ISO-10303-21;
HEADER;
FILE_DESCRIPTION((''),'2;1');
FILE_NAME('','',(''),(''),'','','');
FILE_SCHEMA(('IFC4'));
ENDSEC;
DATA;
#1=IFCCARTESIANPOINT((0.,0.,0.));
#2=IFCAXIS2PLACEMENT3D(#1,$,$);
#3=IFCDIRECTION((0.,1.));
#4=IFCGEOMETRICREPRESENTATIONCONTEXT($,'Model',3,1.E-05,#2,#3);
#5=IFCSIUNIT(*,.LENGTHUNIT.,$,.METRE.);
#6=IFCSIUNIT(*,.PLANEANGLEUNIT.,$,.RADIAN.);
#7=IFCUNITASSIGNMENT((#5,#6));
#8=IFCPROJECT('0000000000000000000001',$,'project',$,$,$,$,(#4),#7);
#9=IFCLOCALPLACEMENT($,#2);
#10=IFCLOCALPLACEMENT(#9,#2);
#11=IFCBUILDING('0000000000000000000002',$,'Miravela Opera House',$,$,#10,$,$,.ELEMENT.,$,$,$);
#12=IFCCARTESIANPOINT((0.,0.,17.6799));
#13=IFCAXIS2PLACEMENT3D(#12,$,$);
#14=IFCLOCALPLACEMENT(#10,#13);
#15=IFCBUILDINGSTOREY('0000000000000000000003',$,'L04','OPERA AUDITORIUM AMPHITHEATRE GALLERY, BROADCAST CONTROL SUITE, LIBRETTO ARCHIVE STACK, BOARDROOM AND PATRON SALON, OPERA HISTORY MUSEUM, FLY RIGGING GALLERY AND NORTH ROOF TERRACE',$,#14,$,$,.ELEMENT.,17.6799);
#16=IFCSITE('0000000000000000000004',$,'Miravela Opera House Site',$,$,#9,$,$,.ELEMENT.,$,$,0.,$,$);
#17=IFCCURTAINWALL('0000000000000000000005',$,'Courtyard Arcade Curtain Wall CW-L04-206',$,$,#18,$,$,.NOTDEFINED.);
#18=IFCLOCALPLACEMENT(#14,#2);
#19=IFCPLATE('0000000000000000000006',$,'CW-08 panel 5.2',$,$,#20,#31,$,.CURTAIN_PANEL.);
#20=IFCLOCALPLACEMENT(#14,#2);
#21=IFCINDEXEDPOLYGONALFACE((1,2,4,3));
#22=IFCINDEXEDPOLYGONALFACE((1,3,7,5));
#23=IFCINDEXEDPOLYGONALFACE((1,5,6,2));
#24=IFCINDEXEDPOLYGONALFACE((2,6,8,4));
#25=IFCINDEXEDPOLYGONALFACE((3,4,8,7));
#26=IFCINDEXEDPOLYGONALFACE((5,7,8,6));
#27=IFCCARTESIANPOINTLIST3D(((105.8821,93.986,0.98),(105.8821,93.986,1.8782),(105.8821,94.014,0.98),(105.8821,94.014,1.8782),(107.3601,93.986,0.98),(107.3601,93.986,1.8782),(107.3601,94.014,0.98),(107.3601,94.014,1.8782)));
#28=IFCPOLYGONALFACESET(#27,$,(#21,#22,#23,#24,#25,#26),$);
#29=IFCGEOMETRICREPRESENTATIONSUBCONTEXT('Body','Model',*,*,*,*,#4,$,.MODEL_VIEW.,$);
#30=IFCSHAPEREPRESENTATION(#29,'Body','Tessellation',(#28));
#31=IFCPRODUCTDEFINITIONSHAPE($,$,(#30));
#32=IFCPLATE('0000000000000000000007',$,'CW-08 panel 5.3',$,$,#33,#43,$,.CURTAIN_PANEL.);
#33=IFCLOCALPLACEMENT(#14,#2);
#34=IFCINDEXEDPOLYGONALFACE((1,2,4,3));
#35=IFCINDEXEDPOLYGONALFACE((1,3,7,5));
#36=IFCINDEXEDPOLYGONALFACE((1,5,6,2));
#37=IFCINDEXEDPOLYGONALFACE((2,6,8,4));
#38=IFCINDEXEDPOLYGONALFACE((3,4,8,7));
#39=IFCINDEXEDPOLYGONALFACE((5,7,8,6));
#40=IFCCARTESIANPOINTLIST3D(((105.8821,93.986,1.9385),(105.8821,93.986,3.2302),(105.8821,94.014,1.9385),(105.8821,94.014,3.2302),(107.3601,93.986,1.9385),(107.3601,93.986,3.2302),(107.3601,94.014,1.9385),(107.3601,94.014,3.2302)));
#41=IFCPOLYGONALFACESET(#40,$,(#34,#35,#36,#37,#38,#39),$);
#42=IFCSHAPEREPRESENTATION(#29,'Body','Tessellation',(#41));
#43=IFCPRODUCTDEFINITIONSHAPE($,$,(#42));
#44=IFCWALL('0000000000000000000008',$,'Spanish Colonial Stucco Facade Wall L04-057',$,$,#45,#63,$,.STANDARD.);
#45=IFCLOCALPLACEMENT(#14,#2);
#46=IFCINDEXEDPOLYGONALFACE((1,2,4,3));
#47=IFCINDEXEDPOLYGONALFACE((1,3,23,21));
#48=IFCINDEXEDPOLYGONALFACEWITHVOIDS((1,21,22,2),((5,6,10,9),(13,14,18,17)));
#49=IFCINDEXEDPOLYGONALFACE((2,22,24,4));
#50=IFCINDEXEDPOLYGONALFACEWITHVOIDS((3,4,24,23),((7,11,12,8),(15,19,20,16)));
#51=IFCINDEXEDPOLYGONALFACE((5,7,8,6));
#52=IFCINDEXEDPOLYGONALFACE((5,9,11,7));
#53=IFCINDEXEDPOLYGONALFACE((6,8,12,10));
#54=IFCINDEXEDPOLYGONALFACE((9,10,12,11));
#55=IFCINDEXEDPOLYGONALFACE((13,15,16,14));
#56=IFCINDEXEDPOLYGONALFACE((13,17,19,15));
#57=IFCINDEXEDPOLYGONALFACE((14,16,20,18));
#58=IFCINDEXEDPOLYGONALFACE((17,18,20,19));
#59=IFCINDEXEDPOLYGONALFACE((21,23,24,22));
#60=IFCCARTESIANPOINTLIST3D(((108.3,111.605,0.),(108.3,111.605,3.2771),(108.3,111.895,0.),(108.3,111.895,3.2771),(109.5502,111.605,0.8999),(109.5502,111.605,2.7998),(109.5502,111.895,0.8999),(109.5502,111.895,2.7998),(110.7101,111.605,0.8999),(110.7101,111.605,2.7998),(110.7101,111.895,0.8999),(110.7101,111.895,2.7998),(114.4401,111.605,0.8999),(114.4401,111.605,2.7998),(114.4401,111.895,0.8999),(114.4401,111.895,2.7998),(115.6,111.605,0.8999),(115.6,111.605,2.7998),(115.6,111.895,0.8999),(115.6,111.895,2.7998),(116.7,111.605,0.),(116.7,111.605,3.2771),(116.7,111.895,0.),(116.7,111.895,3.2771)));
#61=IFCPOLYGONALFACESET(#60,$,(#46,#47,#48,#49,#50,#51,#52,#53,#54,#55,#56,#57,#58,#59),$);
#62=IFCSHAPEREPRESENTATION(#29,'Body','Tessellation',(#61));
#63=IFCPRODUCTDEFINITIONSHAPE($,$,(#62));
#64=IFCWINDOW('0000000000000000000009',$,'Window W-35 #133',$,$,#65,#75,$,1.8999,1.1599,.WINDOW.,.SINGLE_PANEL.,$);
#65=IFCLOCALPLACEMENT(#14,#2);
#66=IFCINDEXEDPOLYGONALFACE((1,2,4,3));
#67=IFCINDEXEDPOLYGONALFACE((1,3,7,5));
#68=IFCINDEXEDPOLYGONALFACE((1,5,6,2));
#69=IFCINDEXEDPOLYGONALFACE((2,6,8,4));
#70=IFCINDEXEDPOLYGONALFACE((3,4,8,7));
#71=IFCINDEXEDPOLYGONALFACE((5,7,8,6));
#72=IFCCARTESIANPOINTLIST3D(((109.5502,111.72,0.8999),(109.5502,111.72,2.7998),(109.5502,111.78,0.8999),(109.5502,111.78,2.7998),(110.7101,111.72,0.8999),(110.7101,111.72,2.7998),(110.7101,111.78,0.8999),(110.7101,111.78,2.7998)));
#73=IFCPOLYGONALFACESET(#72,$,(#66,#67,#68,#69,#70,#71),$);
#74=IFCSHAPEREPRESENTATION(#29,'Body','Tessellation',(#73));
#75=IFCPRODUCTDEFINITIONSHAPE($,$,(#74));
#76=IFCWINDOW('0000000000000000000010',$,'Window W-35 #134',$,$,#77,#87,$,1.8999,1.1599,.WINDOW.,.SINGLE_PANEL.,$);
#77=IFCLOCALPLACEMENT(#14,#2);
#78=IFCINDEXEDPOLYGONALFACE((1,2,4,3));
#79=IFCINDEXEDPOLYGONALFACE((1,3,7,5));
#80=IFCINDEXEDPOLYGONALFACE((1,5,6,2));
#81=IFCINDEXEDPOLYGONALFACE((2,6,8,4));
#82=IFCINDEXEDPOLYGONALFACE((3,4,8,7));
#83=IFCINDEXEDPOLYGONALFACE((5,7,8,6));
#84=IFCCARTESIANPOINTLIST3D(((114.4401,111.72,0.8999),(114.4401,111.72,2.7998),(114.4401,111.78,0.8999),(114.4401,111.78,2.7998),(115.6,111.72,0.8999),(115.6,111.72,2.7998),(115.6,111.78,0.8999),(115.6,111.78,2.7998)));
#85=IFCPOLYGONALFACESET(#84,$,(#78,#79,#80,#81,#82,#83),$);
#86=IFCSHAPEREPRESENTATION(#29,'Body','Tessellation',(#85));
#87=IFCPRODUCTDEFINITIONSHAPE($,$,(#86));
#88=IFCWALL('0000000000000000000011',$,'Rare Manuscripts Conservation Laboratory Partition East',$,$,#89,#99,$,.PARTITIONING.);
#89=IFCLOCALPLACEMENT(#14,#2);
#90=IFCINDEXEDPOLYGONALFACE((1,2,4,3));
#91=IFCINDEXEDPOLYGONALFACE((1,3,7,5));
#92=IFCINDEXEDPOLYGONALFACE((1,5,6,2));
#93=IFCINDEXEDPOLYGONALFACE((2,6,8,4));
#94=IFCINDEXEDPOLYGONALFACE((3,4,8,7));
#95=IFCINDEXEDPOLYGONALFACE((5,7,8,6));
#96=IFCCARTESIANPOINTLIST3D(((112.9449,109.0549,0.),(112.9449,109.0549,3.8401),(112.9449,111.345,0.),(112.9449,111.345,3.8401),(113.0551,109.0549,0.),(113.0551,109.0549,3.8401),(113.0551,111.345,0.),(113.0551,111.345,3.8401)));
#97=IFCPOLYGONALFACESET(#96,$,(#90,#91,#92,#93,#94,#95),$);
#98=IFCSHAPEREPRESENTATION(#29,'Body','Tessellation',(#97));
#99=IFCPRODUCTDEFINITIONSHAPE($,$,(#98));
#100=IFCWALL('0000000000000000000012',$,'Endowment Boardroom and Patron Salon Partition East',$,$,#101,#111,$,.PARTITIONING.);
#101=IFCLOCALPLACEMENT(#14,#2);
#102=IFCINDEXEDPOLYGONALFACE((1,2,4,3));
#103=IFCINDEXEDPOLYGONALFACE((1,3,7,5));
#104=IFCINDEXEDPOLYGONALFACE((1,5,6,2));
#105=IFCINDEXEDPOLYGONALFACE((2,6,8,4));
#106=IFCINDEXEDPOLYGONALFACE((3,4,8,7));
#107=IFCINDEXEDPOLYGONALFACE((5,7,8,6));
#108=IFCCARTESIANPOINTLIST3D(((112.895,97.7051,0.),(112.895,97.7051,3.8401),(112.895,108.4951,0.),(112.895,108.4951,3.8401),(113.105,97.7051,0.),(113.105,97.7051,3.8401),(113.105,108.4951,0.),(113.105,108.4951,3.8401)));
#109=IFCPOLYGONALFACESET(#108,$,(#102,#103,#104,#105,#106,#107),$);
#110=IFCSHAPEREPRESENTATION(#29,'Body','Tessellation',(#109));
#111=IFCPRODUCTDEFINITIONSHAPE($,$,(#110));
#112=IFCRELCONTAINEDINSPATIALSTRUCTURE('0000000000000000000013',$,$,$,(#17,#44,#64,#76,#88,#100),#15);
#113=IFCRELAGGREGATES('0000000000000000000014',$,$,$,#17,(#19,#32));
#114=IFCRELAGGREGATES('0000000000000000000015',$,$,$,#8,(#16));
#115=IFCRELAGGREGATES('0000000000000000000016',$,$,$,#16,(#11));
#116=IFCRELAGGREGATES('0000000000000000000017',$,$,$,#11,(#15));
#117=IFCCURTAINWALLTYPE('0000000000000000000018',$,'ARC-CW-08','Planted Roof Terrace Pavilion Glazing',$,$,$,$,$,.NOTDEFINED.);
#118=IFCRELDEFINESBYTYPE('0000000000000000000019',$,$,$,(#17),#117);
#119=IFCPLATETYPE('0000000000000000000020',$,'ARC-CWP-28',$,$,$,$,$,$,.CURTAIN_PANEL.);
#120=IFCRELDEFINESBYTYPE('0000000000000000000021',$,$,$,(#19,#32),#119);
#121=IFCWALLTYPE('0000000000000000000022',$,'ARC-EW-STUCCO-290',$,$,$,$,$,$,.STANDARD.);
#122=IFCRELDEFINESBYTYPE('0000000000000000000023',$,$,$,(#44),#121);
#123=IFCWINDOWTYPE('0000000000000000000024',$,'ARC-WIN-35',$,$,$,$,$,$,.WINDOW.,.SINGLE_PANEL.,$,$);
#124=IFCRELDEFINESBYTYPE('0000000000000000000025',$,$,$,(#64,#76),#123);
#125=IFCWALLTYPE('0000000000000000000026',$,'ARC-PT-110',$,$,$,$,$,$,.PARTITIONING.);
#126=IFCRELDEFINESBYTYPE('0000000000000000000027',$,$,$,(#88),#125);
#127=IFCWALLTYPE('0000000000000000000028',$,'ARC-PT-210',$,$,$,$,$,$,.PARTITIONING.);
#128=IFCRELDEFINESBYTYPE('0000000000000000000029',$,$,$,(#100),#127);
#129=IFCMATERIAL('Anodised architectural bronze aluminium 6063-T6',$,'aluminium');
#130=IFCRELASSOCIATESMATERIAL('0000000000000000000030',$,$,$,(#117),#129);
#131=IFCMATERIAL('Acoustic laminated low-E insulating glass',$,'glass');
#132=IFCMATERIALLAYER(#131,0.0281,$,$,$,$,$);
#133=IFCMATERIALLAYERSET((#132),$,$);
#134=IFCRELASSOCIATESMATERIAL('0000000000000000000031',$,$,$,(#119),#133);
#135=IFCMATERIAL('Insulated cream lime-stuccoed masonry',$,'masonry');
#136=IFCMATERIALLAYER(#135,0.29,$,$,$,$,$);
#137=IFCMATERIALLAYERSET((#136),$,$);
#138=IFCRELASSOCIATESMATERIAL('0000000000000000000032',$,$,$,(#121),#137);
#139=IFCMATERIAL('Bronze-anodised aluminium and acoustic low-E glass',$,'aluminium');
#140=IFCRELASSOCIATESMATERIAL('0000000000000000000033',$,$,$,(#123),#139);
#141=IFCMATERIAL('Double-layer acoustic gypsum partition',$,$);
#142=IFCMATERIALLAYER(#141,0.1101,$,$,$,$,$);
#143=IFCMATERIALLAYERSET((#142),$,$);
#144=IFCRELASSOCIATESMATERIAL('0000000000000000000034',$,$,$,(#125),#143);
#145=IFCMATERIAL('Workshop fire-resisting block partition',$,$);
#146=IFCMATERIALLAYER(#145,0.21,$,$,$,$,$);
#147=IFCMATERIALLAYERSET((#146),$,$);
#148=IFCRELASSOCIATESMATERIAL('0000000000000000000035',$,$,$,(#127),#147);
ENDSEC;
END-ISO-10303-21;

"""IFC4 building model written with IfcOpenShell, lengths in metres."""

from ifc_helpers import new_model, si_unit, direction, frame, frame_2d, origin, origin_2d, place, context, subcontext, project, spatial, rectangle, extrude, material, layer, layer_set, type_object, element, fill, aggregate, save


model = new_model("IFC4")

# Units and contexts
model_context = context("Model", 3, precision=1e-05, world=origin(), true_north=direction((0.0, 1.0)))
body_context = subcontext(model_context, "Body", "Model", "MODEL_VIEW")
ifc_project = project(units=[si_unit("LENGTHUNIT", "METRE"), si_unit("PLANEANGLEUNIT", "RADIAN")], contexts=[model_context])

# Site, building, storey
site_placement = place(None, origin())
site = spatial("IfcSite", under=ifc_project, at=site_placement, Name="Miravela Opera House Site", CompositionType="ELEMENT", RefElevation=0.0)
building_placement = place(site_placement, origin())
building = spatial("IfcBuilding", under=site, at=building_placement, Name="Miravela Opera House", CompositionType="ELEMENT")
storey_placement = place(building_placement, frame((0.0, 0.0, 17.6799)))
storey = spatial("IfcBuildingStorey", under=building, at=storey_placement, Name="L04", Description="OPERA AUDITORIUM AMPHITHEATRE GALLERY, BROADCAST CONTROL SUITE, LIBRETTO ARCHIVE STACK, BOARDROOM AND PATRON SALON, OPERA HISTORY MUSEUM, FLY RIGGING GALLERY AND NORTH ROOF TERRACE", CompositionType="ELEMENT", Elevation=17.6799)

# Curtain wall
ifc_material_1 = material(Name="Anodised architectural bronze aluminium 6063-T6", Category="aluminium")
curtain_wall_type = type_object("IfcCurtainWallType", Name="ARC-CW-08", Description="Planted Roof Terrace Pavilion Glazing", PredefinedType="NOTDEFINED", material=ifc_material_1)
curtain_wall_placement = place(storey_placement, origin())
curtain_wall = element("IfcCurtainWall", 1, at=curtain_wall_placement, inside=storey, type_object=curtain_wall_type, Name="Courtyard Arcade Curtain Wall CW-L04-206", PredefinedType="NOTDEFINED")

# Plates
ifc_material_2 = material(Name="Acoustic laminated low-E insulating glass", Category="glass")
ifc_layer_1 = layer(ifc_material_2, 0.0281)
ifc_layer_set_1 = layer_set([ifc_layer_1])
plate_type = type_object("IfcPlateType", Name="ARC-CWP-28", PredefinedType="CURTAIN_PANEL", material=ifc_layer_set_1)
plate_1_placement = place(storey_placement, frame((106.6211, 94.0, 0.98), z_axis=(0.0, 0.0, 1.0), x_axis=(1.0, 0.0, 0.0)))
plate_1 = element("IfcPlate", 2, at=plate_1_placement, type_object=plate_type, Name="CW-08 panel 5.2", PredefinedType="CURTAIN_PANEL", context=body_context, shape_type="SweptSolid", body=[
    extrude(rectangle(XDim=1.478, YDim=0.0281, at=origin_2d()), origin(), (0.0, 0.0, 1.0), 0.8982),
])
plate_2_placement = place(storey_placement, frame((106.6211, 94.0, 1.9385), z_axis=(0.0, 0.0, 1.0), x_axis=(1.0, 0.0, 0.0)))
plate_2 = element("IfcPlate", 3, at=plate_2_placement, type_object=plate_type, Name="CW-08 panel 5.3", PredefinedType="CURTAIN_PANEL", context=body_context, shape_type="SweptSolid", body=[
    extrude(rectangle(XDim=1.478, YDim=0.0281, at=origin_2d()), origin(), (0.0, 0.0, 1.0), 1.2917),
])
aggregate(curtain_wall, [plate_1, plate_2])

# Wall, openings, windows
ifc_material_3 = material(Name="Insulated cream lime-stuccoed masonry", Category="masonry")
ifc_layer_2 = layer(ifc_material_3, 0.29)
ifc_layer_set_2 = layer_set([ifc_layer_2])
wall_type_1 = type_object("IfcWallType", Name="ARC-EW-STUCCO-290", PredefinedType="STANDARD", material=ifc_layer_set_2)
wall_1_placement = place(storey_placement, frame((108.3, 111.75, 0.0), z_axis=(0.0, 0.0, 1.0), x_axis=(1.0, 0.0, 0.0)))
wall_1 = element("IfcWall", 4, at=wall_1_placement, inside=storey, type_object=wall_type_1, Name="Spanish Colonial Stucco Facade Wall L04-057", PredefinedType="STANDARD", context=body_context, shape_type="SweptSolid", body=[
    extrude(rectangle(XDim=8.3999, YDim=0.29, at=frame_2d((4.2, 0.0))), origin(), (0.0, 0.0, 1.0), 3.2771),
])
opening_1_placement = place(wall_1_placement, frame((1.25, 0.0, 0.8999)))
opening_1 = element("IfcOpeningElement", 5, at=opening_1_placement, cuts=wall_1, PredefinedType="OPENING", context=body_context, shape_type="SweptSolid", body=[
    extrude(rectangle(XDim=1.1599, YDim=1.8999, at=frame_2d((0.5801, 0.95))), frame((0.0, 0.155, 0.0), z_axis=(0.0, -1.0, 0.0), x_axis=(1.0, 0.0, 0.0)), (0.0, 0.0, 1.0), 0.3101),
])
opening_2_placement = place(wall_1_placement, frame((6.1399, 0.0, 0.8999)))
opening_2 = element("IfcOpeningElement", 6, at=opening_2_placement, cuts=wall_1, PredefinedType="OPENING", context=body_context, shape_type="SweptSolid", body=[
    extrude(rectangle(XDim=1.1599, YDim=1.8999, at=frame_2d((0.5801, 0.95))), frame((0.0, 0.155, 0.0), z_axis=(0.0, -1.0, 0.0), x_axis=(1.0, 0.0, 0.0)), (0.0, 0.0, 1.0), 0.3101),
])
ifc_material_4 = material(Name="Bronze-anodised aluminium and acoustic low-E glass", Category="aluminium")
window_type = type_object("IfcWindowType", Name="ARC-WIN-35", PartitioningType="SINGLE_PANEL", PredefinedType="WINDOW", material=ifc_material_4)
window_1_placement = place(opening_1_placement, origin())
window_1 = element("IfcWindow", 7, at=window_1_placement, inside=storey, type_object=window_type, Name="Window W-35 #133", OverallHeight=1.8999, OverallWidth=1.1599, PartitioningType="SINGLE_PANEL", PredefinedType="WINDOW", context=body_context, shape_type="SweptSolid", body=[
    extrude(rectangle(XDim=1.1599, YDim=1.8999, at=frame_2d((0.5801, 0.95))), frame((0.0, 0.03, 0.0), z_axis=(0.0, -1.0, 0.0), x_axis=(1.0, 0.0, 0.0)), (0.0, 0.0, 1.0), 0.0601),
])
fill(opening_1, window_1)
window_2_placement = place(opening_2_placement, origin())
window_2 = element("IfcWindow", 8, at=window_2_placement, inside=storey, type_object=window_type, Name="Window W-35 #134", OverallHeight=1.8999, OverallWidth=1.1599, PartitioningType="SINGLE_PANEL", PredefinedType="WINDOW", context=body_context, shape_type="SweptSolid", body=[
    extrude(rectangle(XDim=1.1599, YDim=1.8999, at=frame_2d((0.5801, 0.95))), frame((0.0, 0.03, 0.0), z_axis=(0.0, -1.0, 0.0), x_axis=(1.0, 0.0, 0.0)), (0.0, 0.0, 1.0), 0.0601),
])
fill(opening_2, window_2)

# Walls
ifc_material_5 = material(Name="Double-layer acoustic gypsum partition")
ifc_layer_3 = layer(ifc_material_5, 0.1101)
ifc_layer_set_3 = layer_set([ifc_layer_3])
wall_type_2 = type_object("IfcWallType", Name="ARC-PT-110", PredefinedType="PARTITIONING", material=ifc_layer_set_3)
wall_2_placement = place(storey_placement, frame((113.0, 109.0549, 0.0), z_axis=(0.0, 0.0, 1.0), x_axis=(0.0, 1.0, 0.0)))
element("IfcWall", 9, at=wall_2_placement, inside=storey, type_object=wall_type_2, Name="Rare Manuscripts Conservation Laboratory Partition East", PredefinedType="PARTITIONING", context=body_context, shape_type="SweptSolid", body=[
    extrude(rectangle(XDim=2.29, YDim=0.1101, at=frame_2d((1.145, 0.0))), origin(), (0.0, 0.0, 1.0), 3.8401),
])
ifc_material_6 = material(Name="Workshop fire-resisting block partition")
ifc_layer_4 = layer(ifc_material_6, 0.21)
ifc_layer_set_4 = layer_set([ifc_layer_4])
wall_type_3 = type_object("IfcWallType", Name="ARC-PT-210", PredefinedType="PARTITIONING", material=ifc_layer_set_4)
wall_3_placement = place(storey_placement, frame((113.0, 97.7051, 0.0), z_axis=(0.0, 0.0, 1.0), x_axis=(0.0, 1.0, 0.0)))
element("IfcWall", 10, at=wall_3_placement, inside=storey, type_object=wall_type_3, Name="Endowment Boardroom and Patron Salon Partition East", PredefinedType="PARTITIONING", context=body_context, shape_type="SweptSolid", body=[
    extrude(rectangle(XDim=10.79, YDim=0.21, at=frame_2d((5.395, 0.0))), origin(), (0.0, 0.0, 1.0), 3.8401),
])

save(model, "model.ifc")
